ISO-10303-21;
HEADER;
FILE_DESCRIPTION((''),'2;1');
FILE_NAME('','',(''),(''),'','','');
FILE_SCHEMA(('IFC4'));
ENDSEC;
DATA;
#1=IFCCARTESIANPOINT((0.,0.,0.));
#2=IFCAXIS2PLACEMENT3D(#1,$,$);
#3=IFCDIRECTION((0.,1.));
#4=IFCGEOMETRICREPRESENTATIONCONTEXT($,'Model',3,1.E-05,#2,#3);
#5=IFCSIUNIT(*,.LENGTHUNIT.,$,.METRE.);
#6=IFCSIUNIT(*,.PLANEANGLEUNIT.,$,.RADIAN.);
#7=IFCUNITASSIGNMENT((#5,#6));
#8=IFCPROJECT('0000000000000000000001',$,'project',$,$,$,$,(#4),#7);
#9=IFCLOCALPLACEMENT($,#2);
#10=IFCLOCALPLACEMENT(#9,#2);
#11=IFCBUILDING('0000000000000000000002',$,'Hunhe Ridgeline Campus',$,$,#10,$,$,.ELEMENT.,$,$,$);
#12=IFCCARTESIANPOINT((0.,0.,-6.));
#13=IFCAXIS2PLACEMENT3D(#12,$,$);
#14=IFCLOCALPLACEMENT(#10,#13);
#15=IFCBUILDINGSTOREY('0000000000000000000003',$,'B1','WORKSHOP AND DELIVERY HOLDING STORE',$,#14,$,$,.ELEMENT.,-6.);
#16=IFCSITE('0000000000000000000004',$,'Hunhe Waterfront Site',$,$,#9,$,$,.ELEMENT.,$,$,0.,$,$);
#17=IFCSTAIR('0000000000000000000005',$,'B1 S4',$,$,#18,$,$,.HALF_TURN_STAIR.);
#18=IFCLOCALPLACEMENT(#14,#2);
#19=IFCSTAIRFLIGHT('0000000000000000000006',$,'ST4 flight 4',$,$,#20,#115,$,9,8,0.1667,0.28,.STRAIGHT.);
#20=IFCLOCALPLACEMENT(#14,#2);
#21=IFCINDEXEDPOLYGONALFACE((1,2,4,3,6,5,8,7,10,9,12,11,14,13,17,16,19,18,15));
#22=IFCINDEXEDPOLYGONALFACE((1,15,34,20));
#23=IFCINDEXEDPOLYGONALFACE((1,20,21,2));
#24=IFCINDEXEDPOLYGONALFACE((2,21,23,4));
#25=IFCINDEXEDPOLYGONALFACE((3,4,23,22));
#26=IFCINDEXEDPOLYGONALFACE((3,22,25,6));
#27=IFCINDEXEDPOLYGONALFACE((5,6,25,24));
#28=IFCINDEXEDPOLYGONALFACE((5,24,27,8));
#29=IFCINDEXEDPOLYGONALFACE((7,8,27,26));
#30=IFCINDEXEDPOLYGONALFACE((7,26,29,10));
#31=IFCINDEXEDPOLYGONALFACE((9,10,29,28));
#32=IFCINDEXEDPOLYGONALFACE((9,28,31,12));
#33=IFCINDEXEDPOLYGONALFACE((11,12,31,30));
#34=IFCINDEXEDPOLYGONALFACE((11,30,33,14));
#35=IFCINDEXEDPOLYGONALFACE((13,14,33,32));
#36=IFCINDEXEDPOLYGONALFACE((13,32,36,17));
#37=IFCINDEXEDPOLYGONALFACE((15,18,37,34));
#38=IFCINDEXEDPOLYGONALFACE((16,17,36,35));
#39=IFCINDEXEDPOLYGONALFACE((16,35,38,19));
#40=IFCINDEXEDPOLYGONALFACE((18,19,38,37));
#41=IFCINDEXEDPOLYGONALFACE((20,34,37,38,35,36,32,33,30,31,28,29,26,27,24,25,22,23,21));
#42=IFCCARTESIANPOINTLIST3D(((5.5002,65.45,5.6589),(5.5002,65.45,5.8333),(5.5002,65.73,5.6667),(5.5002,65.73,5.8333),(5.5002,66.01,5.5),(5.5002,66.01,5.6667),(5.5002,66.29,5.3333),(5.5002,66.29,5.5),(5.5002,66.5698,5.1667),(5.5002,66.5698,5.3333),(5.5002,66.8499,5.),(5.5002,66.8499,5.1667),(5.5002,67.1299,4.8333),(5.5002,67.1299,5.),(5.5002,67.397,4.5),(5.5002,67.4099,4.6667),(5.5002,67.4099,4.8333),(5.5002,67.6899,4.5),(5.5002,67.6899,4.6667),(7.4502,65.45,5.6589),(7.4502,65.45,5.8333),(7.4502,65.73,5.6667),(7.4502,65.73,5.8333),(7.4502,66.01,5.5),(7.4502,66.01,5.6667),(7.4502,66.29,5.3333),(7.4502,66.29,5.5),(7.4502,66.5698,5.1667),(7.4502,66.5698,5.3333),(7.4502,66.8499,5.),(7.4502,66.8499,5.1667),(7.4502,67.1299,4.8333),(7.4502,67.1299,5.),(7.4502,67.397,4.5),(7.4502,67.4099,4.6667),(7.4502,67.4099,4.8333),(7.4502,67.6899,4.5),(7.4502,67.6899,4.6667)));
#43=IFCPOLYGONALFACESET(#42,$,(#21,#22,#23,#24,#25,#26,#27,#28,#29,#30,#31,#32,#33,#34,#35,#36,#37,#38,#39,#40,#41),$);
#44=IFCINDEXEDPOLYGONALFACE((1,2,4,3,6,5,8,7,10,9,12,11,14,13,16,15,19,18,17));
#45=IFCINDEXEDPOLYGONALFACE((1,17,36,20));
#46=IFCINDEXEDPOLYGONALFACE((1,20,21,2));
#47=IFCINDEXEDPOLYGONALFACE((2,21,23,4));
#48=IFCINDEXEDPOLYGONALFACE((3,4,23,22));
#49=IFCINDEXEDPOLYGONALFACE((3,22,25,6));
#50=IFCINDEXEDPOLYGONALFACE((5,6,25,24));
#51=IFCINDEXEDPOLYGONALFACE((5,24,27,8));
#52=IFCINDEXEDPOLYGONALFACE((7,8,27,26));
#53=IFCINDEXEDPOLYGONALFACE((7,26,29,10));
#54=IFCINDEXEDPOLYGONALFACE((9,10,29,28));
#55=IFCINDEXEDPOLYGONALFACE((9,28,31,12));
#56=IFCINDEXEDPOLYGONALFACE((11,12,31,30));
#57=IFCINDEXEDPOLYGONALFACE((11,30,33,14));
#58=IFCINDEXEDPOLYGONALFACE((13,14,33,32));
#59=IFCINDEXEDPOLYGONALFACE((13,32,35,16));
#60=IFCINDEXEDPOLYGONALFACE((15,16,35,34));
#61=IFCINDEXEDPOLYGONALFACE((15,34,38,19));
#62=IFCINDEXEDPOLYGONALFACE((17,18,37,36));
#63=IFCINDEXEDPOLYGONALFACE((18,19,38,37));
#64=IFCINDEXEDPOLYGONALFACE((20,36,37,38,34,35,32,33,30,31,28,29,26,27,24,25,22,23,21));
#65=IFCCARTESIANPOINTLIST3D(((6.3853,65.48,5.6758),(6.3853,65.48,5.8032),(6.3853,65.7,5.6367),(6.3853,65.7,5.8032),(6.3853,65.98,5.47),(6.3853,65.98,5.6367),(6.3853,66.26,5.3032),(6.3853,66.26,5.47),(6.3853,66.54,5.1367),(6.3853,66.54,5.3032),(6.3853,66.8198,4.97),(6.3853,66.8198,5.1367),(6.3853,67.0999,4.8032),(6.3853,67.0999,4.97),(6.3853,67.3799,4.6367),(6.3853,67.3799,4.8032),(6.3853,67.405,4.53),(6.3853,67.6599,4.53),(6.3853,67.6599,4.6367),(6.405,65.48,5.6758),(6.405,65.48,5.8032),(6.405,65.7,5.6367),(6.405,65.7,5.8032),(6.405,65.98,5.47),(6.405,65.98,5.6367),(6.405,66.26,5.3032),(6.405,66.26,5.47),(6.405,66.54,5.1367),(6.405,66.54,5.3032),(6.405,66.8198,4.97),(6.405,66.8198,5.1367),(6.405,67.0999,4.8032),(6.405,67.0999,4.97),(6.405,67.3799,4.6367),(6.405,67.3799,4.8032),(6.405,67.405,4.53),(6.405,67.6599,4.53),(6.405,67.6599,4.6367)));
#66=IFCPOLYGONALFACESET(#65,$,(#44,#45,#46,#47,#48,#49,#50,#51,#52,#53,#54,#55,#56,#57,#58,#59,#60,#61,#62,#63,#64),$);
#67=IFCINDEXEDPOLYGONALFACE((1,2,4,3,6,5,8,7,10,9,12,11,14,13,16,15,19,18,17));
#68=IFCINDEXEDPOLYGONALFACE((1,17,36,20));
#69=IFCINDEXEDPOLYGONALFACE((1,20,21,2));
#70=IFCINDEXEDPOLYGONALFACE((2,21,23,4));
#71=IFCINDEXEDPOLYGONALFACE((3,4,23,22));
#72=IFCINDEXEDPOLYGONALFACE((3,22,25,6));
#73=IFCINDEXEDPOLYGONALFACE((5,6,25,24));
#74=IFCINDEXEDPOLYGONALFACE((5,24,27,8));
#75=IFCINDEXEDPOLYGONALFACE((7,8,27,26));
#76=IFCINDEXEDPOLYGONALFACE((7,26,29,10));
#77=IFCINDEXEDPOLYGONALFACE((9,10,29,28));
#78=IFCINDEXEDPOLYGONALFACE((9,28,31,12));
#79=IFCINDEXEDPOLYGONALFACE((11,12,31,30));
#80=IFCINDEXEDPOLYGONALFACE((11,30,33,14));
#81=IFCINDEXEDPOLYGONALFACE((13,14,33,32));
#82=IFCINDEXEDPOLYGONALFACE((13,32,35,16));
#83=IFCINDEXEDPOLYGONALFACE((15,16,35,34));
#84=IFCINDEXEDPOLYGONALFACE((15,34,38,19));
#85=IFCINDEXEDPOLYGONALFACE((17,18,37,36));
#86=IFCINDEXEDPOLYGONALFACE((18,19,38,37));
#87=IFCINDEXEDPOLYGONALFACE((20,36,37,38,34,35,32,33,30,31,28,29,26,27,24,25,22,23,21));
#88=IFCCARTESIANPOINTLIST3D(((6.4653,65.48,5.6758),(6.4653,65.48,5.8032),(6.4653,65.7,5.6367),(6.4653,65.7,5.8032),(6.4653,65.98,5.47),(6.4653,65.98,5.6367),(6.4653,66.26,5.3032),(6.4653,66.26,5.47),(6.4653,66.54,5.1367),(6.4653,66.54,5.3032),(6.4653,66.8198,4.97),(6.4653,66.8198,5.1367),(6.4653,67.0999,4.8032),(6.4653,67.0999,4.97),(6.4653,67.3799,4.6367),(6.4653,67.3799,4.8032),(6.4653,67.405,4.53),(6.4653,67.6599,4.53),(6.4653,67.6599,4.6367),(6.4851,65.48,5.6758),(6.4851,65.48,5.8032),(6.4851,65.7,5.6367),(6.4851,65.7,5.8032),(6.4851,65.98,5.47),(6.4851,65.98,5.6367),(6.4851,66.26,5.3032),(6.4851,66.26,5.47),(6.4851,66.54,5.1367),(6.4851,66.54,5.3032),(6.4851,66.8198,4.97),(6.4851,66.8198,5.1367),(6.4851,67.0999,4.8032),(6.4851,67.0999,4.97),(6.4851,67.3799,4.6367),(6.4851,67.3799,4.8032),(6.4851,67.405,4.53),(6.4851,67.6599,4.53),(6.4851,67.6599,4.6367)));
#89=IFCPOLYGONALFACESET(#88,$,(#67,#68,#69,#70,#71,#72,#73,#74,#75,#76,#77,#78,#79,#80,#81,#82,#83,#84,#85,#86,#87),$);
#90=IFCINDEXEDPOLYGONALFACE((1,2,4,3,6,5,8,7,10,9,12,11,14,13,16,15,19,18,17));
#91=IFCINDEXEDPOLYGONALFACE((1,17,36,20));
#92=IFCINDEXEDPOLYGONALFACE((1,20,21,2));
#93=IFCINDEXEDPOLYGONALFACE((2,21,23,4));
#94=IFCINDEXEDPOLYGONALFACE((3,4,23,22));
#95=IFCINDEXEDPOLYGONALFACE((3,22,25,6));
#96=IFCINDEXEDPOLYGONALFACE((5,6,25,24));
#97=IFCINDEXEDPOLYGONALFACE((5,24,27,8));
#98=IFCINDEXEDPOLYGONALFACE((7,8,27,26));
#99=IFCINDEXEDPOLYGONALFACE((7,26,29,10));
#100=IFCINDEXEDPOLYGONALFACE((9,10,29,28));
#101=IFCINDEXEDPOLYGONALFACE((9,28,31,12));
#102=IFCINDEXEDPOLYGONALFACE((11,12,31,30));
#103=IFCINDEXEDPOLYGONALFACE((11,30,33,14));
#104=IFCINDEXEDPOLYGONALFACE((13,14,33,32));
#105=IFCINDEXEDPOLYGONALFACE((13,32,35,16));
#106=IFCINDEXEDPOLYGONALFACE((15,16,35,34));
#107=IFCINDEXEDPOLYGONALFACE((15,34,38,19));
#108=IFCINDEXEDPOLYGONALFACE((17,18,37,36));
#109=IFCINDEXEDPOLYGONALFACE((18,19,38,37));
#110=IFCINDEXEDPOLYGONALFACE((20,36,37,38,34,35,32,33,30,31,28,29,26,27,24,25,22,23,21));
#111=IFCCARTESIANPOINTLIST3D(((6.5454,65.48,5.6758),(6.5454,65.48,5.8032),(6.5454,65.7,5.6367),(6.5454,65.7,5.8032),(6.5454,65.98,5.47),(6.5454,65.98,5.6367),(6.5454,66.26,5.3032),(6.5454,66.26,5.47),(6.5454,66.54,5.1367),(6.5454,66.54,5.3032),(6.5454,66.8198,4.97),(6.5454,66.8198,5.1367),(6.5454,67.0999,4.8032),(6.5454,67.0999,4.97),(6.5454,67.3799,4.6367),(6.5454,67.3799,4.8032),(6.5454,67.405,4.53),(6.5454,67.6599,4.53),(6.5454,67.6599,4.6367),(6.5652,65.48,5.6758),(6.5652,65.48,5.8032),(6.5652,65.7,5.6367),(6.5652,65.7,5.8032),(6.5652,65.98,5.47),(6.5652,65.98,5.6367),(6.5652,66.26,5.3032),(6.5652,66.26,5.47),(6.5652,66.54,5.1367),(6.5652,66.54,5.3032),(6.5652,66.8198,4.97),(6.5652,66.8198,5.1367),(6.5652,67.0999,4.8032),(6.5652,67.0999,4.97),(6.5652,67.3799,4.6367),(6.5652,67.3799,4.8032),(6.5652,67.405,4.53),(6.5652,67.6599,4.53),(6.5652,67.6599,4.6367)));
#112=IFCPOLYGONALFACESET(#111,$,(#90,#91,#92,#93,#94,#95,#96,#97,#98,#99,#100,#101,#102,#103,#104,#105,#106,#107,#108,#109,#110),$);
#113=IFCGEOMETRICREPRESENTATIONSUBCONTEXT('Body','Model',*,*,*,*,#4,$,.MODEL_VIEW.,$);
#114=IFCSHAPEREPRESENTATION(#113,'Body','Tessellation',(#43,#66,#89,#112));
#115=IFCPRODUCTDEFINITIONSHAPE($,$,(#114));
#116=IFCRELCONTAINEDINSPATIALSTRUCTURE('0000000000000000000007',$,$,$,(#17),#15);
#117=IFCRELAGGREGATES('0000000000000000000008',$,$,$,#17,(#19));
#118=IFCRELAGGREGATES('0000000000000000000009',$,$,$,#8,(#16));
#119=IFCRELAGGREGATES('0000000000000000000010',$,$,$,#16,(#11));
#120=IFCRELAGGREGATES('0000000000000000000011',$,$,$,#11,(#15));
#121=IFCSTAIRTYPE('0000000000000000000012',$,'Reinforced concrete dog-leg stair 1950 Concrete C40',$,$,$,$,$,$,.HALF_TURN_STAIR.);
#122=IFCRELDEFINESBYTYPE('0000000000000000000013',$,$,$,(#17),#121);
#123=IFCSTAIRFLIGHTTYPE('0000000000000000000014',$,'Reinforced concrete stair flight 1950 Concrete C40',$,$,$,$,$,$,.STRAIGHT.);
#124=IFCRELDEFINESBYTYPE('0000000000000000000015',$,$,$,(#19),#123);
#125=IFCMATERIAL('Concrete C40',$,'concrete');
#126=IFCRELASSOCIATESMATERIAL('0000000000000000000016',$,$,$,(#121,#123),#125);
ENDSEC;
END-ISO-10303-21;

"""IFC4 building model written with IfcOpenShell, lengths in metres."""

from ifc_helpers import new_model, si_unit, direction, frame, origin, place, context, subcontext, project, spatial, polyline, outline, extrude, material, type_object, element, aggregate, save


model = new_model("IFC4")

# Units and contexts
model_context = context("Model", 3, precision=1e-05, world=origin(), true_north=direction((0.0, 1.0)))
body_context = subcontext(model_context, "Body", "Model", "MODEL_VIEW")
ifc_project = project(units=[si_unit("LENGTHUNIT", "METRE"), si_unit("PLANEANGLEUNIT", "RADIAN")], contexts=[model_context])

# Site, building, storey
site_placement = place(None, origin())
site = spatial("IfcSite", under=ifc_project, at=site_placement, Name="Hunhe Waterfront Site", CompositionType="ELEMENT", RefElevation=0.0)
building_placement = place(site_placement, origin())
building = spatial("IfcBuilding", under=site, at=building_placement, Name="Hunhe Ridgeline Campus", CompositionType="ELEMENT")
storey_placement = place(building_placement, frame((0.0, 0.0, -6.0)))
storey = spatial("IfcBuildingStorey", under=building, at=storey_placement, Name="B1", Description="WORKSHOP AND DELIVERY HOLDING STORE", CompositionType="ELEMENT", Elevation=-6.0)

# Stair, stair flight
ifc_material_1 = material(Name="Concrete C40", Category="concrete")
stair_type = type_object("IfcStairType", Name="Reinforced concrete dog-leg stair 1950 Concrete C40", PredefinedType="HALF_TURN_STAIR", material=ifc_material_1)
stair_flight_type = type_object("IfcStairFlightType", Name="Reinforced concrete stair flight 1950 Concrete C40", PredefinedType="STRAIGHT", material=ifc_material_1)
stair_1_placement = place(storey_placement, origin())
stair_1 = element("IfcStair", 1, at=stair_1_placement, inside=storey, type_object=stair_type, Name="B1 S4", PredefinedType="HALF_TURN_STAIR")
stair_flight_1_placement = place(storey_placement, frame((6.4751, 67.6899, 4.5), z_axis=(0.0, 0.0, 1.0), x_axis=(0.0, -1.0, 0.0)))
stair_flight_1 = element("IfcStairFlight", 2, at=stair_flight_1_placement, type_object=stair_flight_type, Name="ST4 flight 4", NumberOfRisers=9, NumberOfTreads=8, PredefinedType="STRAIGHT", RiserHeight=0.1667, TreadLength=0.28, context=body_context, shape_type="SweptSolid", body=[
    extrude(outline(polyline([(0.0, 0.0), (0.0, 0.1667), (0.28, 0.1667), (0.28, 0.3333), (0.5601, 0.3333), (0.5601, 0.5), (0.8401, 0.5), (0.8401, 0.6667), (1.1201, 0.6667), (1.1201, 0.8333), (1.3999, 0.8333), (1.3999, 1.0), (1.6799, 1.0), (1.6799, 1.1667), (1.96, 1.1667), (1.96, 1.3333), (2.24, 1.3333), (2.24, 1.5), (2.24, 1.1589), (0.293, 0.0), (0.0, 0.0)])), frame((0.0, 0.9751, 0.0), z_axis=(0.0, -1.0, 0.0), x_axis=(1.0, 0.0, 0.0)), (0.0, 0.0, 1.0), 1.95),
    extrude(outline(polyline([(0.03, 0.03), (0.03, 0.1367), (0.3101, 0.1367), (0.3101, 0.3032), (0.5901, 0.3032), (0.5901, 0.47), (0.8701, 0.47), (0.8701, 0.6367), (1.1499, 0.6367), (1.1499, 0.8032), (1.4299, 0.8032), (1.4299, 0.97), (1.71, 0.97), (1.71, 1.1367), (1.99, 1.1367), (1.99, 1.3032), (2.21, 1.3032), (2.21, 1.1758), (0.2849, 0.03), (0.03, 0.03)])), frame((0.0, -0.0701, 0.0), z_axis=(0.0, -1.0, 0.0), x_axis=(1.0, 0.0, 0.0)), (0.0, 0.0, 1.0), 0.0198),
    extrude(outline(polyline([(0.03, 0.03), (0.03, 0.1367), (0.3101, 0.1367), (0.3101, 0.3032), (0.5901, 0.3032), (0.5901, 0.47), (0.8701, 0.47), (0.8701, 0.6367), (1.1499, 0.6367), (1.1499, 0.8032), (1.4299, 0.8032), (1.4299, 0.97), (1.71, 0.97), (1.71, 1.1367), (1.99, 1.1367), (1.99, 1.3032), (2.21, 1.3032), (2.21, 1.1758), (0.2849, 0.03), (0.03, 0.03)])), frame((0.0, 0.01, 0.0), z_axis=(0.0, -1.0, 0.0), x_axis=(1.0, 0.0, 0.0)), (0.0, 0.0, 1.0), 0.0198),
    extrude(outline(polyline([(0.03, 0.03), (0.03, 0.1367), (0.3101, 0.1367), (0.3101, 0.3032), (0.5901, 0.3032), (0.5901, 0.47), (0.8701, 0.47), (0.8701, 0.6367), (1.1499, 0.6367), (1.1499, 0.8032), (1.4299, 0.8032), (1.4299, 0.97), (1.71, 0.97), (1.71, 1.1367), (1.99, 1.1367), (1.99, 1.3032), (2.21, 1.3032), (2.21, 1.1758), (0.2849, 0.03), (0.03, 0.03)])), frame((0.0, 0.0901, 0.0), z_axis=(0.0, -1.0, 0.0), x_axis=(1.0, 0.0, 0.0)), (0.0, 0.0, 1.0), 0.0198),
])
aggregate(stair_1, [stair_flight_1])

save(model, "model.ifc")
